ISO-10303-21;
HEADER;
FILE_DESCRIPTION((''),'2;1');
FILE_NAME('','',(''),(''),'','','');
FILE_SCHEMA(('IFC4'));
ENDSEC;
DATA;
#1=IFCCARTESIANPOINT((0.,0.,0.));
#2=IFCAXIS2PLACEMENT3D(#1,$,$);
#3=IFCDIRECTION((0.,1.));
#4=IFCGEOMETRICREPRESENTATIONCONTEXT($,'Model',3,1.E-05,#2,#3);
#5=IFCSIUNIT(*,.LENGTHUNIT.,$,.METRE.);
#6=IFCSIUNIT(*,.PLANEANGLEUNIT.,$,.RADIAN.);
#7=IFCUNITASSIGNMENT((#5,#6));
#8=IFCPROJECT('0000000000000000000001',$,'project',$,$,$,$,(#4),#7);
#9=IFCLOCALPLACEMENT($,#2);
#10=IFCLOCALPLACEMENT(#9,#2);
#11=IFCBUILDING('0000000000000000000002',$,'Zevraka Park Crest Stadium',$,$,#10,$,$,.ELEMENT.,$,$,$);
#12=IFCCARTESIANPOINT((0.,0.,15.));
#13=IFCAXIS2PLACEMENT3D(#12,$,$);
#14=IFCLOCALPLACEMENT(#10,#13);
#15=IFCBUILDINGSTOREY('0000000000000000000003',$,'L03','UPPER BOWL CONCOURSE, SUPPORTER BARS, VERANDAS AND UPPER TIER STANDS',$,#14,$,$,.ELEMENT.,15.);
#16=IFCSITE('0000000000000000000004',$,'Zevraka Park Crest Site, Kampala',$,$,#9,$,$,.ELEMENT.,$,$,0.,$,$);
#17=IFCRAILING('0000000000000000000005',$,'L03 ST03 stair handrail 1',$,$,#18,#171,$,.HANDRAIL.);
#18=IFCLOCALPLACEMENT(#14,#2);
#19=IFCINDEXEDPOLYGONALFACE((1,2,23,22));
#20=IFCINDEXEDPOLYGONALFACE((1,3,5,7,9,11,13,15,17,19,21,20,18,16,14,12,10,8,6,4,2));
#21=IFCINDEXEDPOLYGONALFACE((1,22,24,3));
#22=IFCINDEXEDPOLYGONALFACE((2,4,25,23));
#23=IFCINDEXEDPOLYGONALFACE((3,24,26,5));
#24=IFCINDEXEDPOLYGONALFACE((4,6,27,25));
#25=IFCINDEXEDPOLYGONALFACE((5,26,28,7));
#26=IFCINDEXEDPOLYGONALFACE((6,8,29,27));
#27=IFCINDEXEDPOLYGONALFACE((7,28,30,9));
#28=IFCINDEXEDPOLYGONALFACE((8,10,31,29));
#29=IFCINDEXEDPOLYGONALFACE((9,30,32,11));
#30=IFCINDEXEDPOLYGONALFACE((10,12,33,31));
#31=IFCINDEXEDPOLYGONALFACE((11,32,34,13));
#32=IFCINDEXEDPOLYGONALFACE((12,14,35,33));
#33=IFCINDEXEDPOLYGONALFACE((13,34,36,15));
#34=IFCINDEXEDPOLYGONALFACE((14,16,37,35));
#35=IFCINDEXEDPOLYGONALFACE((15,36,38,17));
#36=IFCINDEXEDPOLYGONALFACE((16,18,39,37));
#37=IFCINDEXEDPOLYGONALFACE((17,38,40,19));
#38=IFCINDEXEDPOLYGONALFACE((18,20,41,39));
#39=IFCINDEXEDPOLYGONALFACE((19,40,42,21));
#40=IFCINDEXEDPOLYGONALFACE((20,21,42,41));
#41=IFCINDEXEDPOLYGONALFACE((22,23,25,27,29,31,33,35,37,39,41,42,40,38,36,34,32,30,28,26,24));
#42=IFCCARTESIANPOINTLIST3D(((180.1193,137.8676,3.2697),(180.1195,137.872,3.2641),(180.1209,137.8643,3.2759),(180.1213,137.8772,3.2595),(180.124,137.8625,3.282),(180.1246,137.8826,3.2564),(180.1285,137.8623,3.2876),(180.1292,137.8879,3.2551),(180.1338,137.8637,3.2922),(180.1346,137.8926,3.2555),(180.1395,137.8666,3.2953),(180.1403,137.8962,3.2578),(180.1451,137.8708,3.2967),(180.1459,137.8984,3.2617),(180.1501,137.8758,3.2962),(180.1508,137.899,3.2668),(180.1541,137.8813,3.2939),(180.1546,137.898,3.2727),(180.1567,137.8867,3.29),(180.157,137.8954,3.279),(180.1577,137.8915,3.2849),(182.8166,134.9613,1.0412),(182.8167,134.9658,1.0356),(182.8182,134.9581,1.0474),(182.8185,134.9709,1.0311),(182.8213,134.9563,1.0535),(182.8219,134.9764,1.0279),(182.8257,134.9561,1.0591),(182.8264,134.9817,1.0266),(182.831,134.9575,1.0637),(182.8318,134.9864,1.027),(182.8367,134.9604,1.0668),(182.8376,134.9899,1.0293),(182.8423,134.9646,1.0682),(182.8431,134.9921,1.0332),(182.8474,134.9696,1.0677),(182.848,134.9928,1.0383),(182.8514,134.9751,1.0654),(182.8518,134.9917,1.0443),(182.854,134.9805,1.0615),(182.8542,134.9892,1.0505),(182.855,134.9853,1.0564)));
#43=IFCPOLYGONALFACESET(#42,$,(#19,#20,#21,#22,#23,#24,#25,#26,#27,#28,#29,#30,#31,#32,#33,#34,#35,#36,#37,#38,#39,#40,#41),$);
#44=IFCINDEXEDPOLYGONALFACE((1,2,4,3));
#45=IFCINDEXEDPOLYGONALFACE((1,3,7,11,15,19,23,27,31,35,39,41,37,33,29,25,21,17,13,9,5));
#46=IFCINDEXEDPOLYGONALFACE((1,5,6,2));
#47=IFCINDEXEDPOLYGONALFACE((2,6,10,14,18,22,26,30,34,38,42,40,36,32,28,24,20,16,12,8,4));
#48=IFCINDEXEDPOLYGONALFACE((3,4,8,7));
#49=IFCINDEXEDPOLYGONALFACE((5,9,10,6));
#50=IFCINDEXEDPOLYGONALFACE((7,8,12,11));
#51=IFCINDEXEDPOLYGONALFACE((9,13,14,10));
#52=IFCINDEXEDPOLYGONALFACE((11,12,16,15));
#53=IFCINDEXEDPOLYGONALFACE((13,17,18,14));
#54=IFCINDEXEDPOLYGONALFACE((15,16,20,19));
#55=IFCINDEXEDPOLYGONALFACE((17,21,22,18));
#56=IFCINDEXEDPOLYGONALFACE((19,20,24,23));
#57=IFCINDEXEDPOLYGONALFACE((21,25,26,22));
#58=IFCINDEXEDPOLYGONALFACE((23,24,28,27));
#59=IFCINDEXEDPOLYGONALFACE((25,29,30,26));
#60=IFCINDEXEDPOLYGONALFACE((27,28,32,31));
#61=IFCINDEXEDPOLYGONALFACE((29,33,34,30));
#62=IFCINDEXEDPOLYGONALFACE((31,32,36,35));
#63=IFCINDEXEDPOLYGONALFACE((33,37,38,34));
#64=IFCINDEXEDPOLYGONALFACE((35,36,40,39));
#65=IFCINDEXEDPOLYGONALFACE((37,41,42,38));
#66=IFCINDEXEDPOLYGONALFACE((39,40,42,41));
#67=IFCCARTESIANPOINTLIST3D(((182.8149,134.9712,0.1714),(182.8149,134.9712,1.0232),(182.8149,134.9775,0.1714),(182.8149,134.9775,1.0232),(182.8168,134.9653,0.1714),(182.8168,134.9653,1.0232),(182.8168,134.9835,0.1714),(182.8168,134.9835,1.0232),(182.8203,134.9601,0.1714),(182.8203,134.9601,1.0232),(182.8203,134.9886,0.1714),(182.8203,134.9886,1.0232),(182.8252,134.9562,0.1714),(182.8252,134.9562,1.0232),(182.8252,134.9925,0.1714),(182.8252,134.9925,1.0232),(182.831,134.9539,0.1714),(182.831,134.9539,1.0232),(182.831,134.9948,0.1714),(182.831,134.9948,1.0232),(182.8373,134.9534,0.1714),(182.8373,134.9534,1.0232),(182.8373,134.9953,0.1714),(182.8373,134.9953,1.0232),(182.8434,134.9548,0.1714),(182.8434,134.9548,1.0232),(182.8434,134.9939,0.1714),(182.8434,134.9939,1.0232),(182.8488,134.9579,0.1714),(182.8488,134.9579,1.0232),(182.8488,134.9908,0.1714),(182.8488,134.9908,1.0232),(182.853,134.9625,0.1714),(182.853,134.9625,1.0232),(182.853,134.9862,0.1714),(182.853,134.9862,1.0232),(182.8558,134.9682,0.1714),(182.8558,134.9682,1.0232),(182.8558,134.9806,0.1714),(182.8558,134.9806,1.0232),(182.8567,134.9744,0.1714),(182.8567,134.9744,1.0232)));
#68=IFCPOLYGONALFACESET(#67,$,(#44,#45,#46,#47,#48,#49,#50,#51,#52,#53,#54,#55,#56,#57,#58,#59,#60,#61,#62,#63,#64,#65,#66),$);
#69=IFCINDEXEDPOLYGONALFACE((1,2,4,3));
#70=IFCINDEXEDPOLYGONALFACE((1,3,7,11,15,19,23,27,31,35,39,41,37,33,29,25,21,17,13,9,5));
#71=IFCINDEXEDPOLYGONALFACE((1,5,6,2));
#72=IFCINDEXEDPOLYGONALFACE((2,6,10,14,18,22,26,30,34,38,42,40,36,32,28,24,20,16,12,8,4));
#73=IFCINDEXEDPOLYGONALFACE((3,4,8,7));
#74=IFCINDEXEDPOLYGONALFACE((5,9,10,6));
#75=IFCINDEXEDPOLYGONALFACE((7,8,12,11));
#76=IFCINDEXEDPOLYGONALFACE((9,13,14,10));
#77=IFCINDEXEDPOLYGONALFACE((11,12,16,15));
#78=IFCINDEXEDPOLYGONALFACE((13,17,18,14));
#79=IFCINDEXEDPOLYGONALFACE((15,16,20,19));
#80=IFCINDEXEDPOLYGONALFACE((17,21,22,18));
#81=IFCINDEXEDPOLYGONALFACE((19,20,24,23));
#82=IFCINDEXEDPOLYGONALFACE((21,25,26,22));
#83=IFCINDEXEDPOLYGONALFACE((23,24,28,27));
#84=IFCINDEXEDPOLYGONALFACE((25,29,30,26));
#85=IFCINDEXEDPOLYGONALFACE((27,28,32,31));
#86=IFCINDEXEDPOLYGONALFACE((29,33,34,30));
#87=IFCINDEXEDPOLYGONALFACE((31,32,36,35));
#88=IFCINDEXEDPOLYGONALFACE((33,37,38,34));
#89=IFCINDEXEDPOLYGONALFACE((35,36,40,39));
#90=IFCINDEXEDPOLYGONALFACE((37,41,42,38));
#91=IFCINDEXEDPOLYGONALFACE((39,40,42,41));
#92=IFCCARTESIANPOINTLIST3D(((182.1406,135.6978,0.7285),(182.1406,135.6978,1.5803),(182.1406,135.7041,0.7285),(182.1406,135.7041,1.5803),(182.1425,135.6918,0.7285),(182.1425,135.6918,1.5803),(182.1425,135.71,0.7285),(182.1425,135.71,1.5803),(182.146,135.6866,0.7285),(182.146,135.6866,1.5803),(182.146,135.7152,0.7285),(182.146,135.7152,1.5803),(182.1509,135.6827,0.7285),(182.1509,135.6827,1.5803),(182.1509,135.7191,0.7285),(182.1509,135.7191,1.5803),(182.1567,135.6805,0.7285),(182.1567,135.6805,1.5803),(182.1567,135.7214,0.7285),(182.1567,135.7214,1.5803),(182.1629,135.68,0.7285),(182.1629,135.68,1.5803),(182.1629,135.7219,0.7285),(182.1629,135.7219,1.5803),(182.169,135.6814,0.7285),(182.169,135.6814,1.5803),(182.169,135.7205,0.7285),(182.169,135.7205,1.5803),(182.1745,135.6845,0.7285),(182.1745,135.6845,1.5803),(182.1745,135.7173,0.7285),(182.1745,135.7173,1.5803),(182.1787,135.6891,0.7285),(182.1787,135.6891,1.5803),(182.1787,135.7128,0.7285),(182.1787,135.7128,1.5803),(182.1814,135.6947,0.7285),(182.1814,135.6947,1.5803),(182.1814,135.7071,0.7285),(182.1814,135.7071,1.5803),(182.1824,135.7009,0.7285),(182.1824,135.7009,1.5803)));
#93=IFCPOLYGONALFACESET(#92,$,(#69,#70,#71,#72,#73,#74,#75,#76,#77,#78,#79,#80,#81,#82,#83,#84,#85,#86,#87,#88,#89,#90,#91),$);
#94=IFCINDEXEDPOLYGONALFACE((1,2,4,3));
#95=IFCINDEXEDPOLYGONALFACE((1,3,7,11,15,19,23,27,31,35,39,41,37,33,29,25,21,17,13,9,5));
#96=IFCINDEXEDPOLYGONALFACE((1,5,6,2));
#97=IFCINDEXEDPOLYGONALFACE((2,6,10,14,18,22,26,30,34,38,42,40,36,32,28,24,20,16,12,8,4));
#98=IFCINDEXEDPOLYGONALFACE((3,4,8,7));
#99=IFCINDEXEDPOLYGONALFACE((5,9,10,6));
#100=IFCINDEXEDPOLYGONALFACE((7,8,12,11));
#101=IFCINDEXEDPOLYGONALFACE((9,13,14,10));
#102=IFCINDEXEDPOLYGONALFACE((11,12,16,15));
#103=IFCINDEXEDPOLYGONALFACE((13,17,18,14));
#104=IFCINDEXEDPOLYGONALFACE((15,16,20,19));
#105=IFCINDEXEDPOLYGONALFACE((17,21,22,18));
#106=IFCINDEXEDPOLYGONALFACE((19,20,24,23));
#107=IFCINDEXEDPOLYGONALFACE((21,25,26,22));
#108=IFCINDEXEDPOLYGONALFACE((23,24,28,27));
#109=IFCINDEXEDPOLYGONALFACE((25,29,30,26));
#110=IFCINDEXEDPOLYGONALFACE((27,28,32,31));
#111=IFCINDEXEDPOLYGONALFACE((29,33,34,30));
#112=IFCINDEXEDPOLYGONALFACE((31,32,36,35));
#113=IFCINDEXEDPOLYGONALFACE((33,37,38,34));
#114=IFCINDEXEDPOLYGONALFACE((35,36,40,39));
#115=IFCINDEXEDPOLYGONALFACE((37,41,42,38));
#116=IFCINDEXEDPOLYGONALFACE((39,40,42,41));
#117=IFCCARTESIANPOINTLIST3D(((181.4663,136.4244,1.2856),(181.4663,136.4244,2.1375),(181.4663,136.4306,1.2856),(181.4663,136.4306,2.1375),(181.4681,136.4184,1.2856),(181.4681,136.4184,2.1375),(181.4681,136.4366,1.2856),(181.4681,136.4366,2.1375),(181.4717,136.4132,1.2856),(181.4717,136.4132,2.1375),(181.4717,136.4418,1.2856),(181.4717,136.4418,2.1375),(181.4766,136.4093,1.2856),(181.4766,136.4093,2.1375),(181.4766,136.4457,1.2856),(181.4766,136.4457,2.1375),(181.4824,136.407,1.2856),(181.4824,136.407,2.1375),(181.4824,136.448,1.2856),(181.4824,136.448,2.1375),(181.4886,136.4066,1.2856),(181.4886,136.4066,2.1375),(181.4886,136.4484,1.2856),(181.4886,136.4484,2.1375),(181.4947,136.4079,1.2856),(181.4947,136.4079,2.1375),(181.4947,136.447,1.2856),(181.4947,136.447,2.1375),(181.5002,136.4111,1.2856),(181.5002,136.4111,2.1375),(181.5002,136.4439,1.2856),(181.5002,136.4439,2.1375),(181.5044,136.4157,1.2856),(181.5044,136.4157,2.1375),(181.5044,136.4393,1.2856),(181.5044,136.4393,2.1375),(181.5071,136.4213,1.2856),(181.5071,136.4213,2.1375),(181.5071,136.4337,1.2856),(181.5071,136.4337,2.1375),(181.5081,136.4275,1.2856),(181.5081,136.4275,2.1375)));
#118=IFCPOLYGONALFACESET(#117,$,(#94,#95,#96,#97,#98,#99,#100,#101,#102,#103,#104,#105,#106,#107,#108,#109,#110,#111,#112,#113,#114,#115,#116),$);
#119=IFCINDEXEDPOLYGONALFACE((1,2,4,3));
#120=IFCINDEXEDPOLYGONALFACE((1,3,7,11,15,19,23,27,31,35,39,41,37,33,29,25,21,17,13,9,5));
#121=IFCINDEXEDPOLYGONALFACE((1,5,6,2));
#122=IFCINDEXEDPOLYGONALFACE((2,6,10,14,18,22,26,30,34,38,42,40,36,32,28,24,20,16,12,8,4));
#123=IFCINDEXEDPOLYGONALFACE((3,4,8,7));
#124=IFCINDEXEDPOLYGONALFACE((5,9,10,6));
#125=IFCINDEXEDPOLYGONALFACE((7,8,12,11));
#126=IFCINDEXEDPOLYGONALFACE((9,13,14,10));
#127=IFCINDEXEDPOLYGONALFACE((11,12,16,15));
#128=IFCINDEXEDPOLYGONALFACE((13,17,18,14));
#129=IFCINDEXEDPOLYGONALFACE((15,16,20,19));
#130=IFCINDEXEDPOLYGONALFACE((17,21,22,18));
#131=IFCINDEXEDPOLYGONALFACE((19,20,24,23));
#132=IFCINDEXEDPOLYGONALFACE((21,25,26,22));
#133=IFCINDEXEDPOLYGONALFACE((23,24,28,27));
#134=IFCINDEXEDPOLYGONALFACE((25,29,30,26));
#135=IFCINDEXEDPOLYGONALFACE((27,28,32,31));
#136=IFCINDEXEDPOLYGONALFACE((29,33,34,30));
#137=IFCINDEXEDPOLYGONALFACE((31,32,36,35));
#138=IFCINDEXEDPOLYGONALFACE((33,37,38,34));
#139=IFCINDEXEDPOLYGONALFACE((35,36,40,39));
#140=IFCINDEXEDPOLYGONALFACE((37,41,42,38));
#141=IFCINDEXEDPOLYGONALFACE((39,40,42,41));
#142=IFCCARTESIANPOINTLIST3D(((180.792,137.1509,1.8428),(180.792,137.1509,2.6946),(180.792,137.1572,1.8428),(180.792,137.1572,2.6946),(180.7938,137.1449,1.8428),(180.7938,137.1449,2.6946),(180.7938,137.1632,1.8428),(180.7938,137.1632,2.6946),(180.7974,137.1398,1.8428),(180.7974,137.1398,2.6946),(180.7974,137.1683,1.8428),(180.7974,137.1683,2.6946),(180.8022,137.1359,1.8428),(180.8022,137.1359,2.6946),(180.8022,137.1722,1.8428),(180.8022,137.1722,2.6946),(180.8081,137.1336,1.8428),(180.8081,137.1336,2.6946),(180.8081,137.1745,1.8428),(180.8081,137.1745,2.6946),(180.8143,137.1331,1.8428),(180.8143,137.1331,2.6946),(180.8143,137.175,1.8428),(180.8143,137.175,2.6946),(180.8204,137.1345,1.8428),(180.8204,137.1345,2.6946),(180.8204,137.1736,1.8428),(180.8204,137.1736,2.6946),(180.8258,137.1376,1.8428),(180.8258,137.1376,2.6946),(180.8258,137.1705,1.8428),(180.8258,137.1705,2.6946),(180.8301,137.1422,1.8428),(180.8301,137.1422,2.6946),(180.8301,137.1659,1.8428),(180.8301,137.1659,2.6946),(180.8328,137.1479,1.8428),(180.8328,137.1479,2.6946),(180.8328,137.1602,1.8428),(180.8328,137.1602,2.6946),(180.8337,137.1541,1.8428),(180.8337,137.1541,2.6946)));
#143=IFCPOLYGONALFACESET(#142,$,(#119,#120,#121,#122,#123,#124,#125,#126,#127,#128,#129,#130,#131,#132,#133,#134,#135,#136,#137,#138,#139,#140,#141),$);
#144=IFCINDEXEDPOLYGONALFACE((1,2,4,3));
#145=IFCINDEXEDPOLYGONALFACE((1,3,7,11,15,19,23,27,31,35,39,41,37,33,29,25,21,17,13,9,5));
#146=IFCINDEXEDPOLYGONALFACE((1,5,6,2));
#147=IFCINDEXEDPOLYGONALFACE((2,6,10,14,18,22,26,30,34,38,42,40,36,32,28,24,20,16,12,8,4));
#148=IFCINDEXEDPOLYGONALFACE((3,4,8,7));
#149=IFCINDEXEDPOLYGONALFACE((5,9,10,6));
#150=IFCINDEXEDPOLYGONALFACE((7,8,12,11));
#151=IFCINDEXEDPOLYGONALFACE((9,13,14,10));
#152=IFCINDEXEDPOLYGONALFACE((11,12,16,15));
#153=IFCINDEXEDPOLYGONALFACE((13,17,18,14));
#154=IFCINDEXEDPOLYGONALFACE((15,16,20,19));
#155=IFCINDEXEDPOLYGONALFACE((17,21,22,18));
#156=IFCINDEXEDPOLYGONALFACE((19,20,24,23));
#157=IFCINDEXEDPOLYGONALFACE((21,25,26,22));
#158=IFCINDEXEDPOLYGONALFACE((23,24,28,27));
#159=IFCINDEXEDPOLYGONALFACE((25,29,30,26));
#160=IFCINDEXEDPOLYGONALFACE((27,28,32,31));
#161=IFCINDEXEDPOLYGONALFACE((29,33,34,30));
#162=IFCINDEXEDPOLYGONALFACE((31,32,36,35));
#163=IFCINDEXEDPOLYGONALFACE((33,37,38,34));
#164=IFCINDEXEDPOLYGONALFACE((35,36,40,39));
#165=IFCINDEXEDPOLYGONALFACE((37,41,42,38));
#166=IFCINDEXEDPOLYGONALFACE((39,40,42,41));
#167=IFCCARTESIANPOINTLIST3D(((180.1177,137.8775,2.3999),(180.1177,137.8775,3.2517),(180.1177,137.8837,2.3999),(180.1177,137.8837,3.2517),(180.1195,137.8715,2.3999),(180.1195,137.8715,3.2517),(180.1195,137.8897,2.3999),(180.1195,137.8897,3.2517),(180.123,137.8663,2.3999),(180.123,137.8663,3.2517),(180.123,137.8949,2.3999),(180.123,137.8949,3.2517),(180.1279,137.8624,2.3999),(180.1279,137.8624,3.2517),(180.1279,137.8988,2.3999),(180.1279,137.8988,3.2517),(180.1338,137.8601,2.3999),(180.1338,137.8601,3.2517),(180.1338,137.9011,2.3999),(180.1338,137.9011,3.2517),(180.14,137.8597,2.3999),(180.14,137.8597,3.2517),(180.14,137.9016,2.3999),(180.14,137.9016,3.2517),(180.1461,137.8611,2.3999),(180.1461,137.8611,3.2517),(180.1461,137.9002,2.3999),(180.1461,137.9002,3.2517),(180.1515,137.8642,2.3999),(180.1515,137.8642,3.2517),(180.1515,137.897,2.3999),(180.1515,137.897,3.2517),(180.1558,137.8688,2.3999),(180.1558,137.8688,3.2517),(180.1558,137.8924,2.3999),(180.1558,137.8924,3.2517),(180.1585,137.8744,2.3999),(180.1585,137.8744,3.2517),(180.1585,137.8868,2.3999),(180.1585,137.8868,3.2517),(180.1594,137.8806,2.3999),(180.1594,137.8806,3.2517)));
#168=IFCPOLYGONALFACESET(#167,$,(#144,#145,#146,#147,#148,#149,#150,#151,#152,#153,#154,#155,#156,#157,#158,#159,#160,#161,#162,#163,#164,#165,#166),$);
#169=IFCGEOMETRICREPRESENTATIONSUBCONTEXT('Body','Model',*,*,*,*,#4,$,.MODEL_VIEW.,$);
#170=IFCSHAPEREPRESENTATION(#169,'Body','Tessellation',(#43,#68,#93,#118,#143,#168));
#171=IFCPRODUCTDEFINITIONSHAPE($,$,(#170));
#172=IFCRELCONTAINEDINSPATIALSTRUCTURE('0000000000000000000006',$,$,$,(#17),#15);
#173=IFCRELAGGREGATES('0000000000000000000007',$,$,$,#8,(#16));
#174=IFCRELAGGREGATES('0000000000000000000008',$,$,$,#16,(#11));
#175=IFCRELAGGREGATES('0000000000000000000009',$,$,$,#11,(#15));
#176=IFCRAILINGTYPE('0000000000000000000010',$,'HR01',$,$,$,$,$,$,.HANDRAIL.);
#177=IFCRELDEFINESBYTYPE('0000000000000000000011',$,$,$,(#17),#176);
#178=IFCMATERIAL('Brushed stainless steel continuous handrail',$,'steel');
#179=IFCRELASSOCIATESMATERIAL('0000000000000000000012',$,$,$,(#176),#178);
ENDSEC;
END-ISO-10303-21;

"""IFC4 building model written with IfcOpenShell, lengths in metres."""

from ifc_helpers import new_model, si_unit, direction, frame, origin, origin_2d, place, context, subcontext, project, spatial, circle, extrude, material, type_object, element, save


model = new_model("IFC4")

# Units and contexts
model_context = context("Model", 3, precision=1e-05, world=origin(), true_north=direction((0.0, 1.0)))
body_context = subcontext(model_context, "Body", "Model", "MODEL_VIEW")
ifc_project = project(units=[si_unit("LENGTHUNIT", "METRE"), si_unit("PLANEANGLEUNIT", "RADIAN")], contexts=[model_context])

# Site, building, storey
site_placement = place(None, origin())
site = spatial("IfcSite", under=ifc_project, at=site_placement, Name="Zevraka Park Crest Site, Kampala", CompositionType="ELEMENT", RefElevation=0.0)
building_placement = place(site_placement, origin())
building = spatial("IfcBuilding", under=site, at=building_placement, Name="Zevraka Park Crest Stadium", CompositionType="ELEMENT")
storey_placement = place(building_placement, frame((0.0, 0.0, 15.0)))
storey = spatial("IfcBuildingStorey", under=building, at=storey_placement, Name="L03", Description="UPPER BOWL CONCOURSE, SUPPORTER BARS, VERANDAS AND UPPER TIER STANDS", CompositionType="ELEMENT", Elevation=15.0)

# Railing
ifc_material_1 = material(Name="Brushed stainless steel continuous handrail", Category="steel")
railing_type_1 = type_object("IfcRailingType", Name="HR01", PredefinedType="HANDRAIL", material=ifc_material_1)
railing_1_placement = place(storey_placement, frame((182.8357, 134.9744, 0.1714)))
element("IfcRailing", 1, at=railing_1_placement, inside=storey, type_object=railing_type_1, Name="L03 ST03 stair handrail 1", PredefinedType="HANDRAIL", context=body_context, shape_type="SweptSolid", body=[
    extrude(circle(Radius=0.0239, at=origin_2d()), frame((0.0, 0.0, 0.876), z_axis=(-0.593016, 0.638963, 0.489957), x_axis=(-0.732969, -0.680262, 0.0)), (0.0, 0.0, 1.0), 4.5483),
    extrude(circle(Radius=0.021, at=origin_2d()), origin(), (0.0, 0.0, 1.0), 0.8518),
    extrude(circle(Radius=0.021, at=origin_2d()), frame((-0.6743, 0.7266, 0.5571)), (0.0, 0.0, 1.0), 0.8518),
    extrude(circle(Radius=0.021, at=origin_2d()), frame((-1.3486, 1.4531, 1.1143)), (0.0, 0.0, 1.0), 0.8518),
    extrude(circle(Radius=0.021, at=origin_2d()), frame((-2.0229, 2.1797, 1.6714)), (0.0, 0.0, 1.0), 0.8518),
    extrude(circle(Radius=0.021, at=origin_2d()), frame((-2.6973, 2.9062, 2.2285)), (0.0, 0.0, 1.0), 0.8518),
])

save(model, "model.ifc")
